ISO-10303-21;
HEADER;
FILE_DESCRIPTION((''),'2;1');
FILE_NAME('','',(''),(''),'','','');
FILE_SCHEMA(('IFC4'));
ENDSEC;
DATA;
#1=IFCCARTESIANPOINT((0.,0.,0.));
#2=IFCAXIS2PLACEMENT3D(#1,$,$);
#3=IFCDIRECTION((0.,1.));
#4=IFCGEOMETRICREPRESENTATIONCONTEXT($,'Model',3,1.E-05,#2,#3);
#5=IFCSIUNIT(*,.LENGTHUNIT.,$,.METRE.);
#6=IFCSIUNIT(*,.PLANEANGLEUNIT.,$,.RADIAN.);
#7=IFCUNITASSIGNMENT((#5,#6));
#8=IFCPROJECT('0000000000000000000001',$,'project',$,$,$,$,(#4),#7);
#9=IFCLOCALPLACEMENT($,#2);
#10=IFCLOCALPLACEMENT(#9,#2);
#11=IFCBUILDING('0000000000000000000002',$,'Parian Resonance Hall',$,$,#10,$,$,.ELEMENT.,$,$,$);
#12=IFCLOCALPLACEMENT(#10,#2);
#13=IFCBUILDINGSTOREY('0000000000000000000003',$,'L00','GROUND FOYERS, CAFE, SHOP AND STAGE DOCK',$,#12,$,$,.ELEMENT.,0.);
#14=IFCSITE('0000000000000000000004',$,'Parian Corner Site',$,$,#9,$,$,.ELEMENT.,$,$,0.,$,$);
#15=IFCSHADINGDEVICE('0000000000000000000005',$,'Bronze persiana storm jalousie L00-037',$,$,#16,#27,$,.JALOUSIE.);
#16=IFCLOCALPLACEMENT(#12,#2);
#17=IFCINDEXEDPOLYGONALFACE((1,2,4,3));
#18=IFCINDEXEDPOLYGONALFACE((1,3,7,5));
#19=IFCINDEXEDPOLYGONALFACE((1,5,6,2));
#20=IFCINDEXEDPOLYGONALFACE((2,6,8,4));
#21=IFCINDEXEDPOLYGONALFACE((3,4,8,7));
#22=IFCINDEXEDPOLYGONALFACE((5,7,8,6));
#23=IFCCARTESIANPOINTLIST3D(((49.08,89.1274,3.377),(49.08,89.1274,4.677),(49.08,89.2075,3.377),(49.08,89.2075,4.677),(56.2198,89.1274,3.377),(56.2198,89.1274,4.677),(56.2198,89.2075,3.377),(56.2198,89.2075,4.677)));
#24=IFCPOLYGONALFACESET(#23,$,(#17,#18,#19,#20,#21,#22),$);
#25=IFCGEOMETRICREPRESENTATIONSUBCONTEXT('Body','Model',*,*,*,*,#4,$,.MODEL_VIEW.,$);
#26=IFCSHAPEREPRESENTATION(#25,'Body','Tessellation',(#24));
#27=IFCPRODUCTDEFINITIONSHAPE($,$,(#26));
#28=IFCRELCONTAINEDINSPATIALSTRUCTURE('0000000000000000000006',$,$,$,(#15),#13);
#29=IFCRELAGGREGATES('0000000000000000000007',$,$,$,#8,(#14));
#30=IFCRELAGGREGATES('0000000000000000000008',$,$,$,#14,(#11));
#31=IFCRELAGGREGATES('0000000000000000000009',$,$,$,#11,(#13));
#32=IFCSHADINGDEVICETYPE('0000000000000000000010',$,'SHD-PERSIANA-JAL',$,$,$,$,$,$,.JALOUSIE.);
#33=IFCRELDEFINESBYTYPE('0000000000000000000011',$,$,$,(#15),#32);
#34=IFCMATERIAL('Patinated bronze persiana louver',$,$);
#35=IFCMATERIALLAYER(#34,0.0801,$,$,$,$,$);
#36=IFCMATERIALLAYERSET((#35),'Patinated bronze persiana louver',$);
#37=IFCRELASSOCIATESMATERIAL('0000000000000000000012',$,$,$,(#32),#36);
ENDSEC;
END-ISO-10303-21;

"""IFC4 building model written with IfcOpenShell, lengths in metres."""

from ifc_helpers import new_model, si_unit, direction, frame, origin, origin_2d, place, context, subcontext, project, spatial, rectangle, extrude, material, layer, layer_set, type_object, element, save


model = new_model("IFC4")

# Units and contexts
model_context = context("Model", 3, precision=1e-05, world=origin(), true_north=direction((0.0, 1.0)))
body_context = subcontext(model_context, "Body", "Model", "MODEL_VIEW")
ifc_project = project(units=[si_unit("LENGTHUNIT", "METRE"), si_unit("PLANEANGLEUNIT", "RADIAN")], contexts=[model_context])

# Site, building, storey
site_placement = place(None, origin())
site = spatial("IfcSite", under=ifc_project, at=site_placement, Name="Parian Corner Site", CompositionType="ELEMENT", RefElevation=0.0)
building_placement = place(site_placement, origin())
building = spatial("IfcBuilding", under=site, at=building_placement, Name="Parian Resonance Hall", CompositionType="ELEMENT")
storey_placement = place(building_placement, origin())
storey = spatial("IfcBuildingStorey", under=building, at=storey_placement, Name="L00", Description="GROUND FOYERS, CAFE, SHOP AND STAGE DOCK", CompositionType="ELEMENT", Elevation=0.0)

# Shading device
ifc_material_1 = material(Name="Patinated bronze persiana louver")
ifc_layer_1 = layer(ifc_material_1, 0.0801)
ifc_layer_set_1 = layer_set([ifc_layer_1], Name="Patinated bronze persiana louver")
shading_device_type = type_object("IfcShadingDeviceType", Name="SHD-PERSIANA-JAL", PredefinedType="JALOUSIE", material=ifc_layer_set_1)
shading_device_placement = place(storey_placement, frame((52.6499, 89.1675, 3.377), z_axis=(0.0, 0.0, 1.0), x_axis=(1.0, 0.0, 0.0)))
element("IfcShadingDevice", 1, at=shading_device_placement, inside=storey, type_object=shading_device_type, Name="Bronze persiana storm jalousie L00-037", PredefinedType="JALOUSIE", context=body_context, shape_type="SweptSolid", body=[
    extrude(rectangle(XDim=7.1399, YDim=0.0801, at=origin_2d()), origin(), (0.0, 0.0, 1.0), 1.3),
])

save(model, "model.ifc")
